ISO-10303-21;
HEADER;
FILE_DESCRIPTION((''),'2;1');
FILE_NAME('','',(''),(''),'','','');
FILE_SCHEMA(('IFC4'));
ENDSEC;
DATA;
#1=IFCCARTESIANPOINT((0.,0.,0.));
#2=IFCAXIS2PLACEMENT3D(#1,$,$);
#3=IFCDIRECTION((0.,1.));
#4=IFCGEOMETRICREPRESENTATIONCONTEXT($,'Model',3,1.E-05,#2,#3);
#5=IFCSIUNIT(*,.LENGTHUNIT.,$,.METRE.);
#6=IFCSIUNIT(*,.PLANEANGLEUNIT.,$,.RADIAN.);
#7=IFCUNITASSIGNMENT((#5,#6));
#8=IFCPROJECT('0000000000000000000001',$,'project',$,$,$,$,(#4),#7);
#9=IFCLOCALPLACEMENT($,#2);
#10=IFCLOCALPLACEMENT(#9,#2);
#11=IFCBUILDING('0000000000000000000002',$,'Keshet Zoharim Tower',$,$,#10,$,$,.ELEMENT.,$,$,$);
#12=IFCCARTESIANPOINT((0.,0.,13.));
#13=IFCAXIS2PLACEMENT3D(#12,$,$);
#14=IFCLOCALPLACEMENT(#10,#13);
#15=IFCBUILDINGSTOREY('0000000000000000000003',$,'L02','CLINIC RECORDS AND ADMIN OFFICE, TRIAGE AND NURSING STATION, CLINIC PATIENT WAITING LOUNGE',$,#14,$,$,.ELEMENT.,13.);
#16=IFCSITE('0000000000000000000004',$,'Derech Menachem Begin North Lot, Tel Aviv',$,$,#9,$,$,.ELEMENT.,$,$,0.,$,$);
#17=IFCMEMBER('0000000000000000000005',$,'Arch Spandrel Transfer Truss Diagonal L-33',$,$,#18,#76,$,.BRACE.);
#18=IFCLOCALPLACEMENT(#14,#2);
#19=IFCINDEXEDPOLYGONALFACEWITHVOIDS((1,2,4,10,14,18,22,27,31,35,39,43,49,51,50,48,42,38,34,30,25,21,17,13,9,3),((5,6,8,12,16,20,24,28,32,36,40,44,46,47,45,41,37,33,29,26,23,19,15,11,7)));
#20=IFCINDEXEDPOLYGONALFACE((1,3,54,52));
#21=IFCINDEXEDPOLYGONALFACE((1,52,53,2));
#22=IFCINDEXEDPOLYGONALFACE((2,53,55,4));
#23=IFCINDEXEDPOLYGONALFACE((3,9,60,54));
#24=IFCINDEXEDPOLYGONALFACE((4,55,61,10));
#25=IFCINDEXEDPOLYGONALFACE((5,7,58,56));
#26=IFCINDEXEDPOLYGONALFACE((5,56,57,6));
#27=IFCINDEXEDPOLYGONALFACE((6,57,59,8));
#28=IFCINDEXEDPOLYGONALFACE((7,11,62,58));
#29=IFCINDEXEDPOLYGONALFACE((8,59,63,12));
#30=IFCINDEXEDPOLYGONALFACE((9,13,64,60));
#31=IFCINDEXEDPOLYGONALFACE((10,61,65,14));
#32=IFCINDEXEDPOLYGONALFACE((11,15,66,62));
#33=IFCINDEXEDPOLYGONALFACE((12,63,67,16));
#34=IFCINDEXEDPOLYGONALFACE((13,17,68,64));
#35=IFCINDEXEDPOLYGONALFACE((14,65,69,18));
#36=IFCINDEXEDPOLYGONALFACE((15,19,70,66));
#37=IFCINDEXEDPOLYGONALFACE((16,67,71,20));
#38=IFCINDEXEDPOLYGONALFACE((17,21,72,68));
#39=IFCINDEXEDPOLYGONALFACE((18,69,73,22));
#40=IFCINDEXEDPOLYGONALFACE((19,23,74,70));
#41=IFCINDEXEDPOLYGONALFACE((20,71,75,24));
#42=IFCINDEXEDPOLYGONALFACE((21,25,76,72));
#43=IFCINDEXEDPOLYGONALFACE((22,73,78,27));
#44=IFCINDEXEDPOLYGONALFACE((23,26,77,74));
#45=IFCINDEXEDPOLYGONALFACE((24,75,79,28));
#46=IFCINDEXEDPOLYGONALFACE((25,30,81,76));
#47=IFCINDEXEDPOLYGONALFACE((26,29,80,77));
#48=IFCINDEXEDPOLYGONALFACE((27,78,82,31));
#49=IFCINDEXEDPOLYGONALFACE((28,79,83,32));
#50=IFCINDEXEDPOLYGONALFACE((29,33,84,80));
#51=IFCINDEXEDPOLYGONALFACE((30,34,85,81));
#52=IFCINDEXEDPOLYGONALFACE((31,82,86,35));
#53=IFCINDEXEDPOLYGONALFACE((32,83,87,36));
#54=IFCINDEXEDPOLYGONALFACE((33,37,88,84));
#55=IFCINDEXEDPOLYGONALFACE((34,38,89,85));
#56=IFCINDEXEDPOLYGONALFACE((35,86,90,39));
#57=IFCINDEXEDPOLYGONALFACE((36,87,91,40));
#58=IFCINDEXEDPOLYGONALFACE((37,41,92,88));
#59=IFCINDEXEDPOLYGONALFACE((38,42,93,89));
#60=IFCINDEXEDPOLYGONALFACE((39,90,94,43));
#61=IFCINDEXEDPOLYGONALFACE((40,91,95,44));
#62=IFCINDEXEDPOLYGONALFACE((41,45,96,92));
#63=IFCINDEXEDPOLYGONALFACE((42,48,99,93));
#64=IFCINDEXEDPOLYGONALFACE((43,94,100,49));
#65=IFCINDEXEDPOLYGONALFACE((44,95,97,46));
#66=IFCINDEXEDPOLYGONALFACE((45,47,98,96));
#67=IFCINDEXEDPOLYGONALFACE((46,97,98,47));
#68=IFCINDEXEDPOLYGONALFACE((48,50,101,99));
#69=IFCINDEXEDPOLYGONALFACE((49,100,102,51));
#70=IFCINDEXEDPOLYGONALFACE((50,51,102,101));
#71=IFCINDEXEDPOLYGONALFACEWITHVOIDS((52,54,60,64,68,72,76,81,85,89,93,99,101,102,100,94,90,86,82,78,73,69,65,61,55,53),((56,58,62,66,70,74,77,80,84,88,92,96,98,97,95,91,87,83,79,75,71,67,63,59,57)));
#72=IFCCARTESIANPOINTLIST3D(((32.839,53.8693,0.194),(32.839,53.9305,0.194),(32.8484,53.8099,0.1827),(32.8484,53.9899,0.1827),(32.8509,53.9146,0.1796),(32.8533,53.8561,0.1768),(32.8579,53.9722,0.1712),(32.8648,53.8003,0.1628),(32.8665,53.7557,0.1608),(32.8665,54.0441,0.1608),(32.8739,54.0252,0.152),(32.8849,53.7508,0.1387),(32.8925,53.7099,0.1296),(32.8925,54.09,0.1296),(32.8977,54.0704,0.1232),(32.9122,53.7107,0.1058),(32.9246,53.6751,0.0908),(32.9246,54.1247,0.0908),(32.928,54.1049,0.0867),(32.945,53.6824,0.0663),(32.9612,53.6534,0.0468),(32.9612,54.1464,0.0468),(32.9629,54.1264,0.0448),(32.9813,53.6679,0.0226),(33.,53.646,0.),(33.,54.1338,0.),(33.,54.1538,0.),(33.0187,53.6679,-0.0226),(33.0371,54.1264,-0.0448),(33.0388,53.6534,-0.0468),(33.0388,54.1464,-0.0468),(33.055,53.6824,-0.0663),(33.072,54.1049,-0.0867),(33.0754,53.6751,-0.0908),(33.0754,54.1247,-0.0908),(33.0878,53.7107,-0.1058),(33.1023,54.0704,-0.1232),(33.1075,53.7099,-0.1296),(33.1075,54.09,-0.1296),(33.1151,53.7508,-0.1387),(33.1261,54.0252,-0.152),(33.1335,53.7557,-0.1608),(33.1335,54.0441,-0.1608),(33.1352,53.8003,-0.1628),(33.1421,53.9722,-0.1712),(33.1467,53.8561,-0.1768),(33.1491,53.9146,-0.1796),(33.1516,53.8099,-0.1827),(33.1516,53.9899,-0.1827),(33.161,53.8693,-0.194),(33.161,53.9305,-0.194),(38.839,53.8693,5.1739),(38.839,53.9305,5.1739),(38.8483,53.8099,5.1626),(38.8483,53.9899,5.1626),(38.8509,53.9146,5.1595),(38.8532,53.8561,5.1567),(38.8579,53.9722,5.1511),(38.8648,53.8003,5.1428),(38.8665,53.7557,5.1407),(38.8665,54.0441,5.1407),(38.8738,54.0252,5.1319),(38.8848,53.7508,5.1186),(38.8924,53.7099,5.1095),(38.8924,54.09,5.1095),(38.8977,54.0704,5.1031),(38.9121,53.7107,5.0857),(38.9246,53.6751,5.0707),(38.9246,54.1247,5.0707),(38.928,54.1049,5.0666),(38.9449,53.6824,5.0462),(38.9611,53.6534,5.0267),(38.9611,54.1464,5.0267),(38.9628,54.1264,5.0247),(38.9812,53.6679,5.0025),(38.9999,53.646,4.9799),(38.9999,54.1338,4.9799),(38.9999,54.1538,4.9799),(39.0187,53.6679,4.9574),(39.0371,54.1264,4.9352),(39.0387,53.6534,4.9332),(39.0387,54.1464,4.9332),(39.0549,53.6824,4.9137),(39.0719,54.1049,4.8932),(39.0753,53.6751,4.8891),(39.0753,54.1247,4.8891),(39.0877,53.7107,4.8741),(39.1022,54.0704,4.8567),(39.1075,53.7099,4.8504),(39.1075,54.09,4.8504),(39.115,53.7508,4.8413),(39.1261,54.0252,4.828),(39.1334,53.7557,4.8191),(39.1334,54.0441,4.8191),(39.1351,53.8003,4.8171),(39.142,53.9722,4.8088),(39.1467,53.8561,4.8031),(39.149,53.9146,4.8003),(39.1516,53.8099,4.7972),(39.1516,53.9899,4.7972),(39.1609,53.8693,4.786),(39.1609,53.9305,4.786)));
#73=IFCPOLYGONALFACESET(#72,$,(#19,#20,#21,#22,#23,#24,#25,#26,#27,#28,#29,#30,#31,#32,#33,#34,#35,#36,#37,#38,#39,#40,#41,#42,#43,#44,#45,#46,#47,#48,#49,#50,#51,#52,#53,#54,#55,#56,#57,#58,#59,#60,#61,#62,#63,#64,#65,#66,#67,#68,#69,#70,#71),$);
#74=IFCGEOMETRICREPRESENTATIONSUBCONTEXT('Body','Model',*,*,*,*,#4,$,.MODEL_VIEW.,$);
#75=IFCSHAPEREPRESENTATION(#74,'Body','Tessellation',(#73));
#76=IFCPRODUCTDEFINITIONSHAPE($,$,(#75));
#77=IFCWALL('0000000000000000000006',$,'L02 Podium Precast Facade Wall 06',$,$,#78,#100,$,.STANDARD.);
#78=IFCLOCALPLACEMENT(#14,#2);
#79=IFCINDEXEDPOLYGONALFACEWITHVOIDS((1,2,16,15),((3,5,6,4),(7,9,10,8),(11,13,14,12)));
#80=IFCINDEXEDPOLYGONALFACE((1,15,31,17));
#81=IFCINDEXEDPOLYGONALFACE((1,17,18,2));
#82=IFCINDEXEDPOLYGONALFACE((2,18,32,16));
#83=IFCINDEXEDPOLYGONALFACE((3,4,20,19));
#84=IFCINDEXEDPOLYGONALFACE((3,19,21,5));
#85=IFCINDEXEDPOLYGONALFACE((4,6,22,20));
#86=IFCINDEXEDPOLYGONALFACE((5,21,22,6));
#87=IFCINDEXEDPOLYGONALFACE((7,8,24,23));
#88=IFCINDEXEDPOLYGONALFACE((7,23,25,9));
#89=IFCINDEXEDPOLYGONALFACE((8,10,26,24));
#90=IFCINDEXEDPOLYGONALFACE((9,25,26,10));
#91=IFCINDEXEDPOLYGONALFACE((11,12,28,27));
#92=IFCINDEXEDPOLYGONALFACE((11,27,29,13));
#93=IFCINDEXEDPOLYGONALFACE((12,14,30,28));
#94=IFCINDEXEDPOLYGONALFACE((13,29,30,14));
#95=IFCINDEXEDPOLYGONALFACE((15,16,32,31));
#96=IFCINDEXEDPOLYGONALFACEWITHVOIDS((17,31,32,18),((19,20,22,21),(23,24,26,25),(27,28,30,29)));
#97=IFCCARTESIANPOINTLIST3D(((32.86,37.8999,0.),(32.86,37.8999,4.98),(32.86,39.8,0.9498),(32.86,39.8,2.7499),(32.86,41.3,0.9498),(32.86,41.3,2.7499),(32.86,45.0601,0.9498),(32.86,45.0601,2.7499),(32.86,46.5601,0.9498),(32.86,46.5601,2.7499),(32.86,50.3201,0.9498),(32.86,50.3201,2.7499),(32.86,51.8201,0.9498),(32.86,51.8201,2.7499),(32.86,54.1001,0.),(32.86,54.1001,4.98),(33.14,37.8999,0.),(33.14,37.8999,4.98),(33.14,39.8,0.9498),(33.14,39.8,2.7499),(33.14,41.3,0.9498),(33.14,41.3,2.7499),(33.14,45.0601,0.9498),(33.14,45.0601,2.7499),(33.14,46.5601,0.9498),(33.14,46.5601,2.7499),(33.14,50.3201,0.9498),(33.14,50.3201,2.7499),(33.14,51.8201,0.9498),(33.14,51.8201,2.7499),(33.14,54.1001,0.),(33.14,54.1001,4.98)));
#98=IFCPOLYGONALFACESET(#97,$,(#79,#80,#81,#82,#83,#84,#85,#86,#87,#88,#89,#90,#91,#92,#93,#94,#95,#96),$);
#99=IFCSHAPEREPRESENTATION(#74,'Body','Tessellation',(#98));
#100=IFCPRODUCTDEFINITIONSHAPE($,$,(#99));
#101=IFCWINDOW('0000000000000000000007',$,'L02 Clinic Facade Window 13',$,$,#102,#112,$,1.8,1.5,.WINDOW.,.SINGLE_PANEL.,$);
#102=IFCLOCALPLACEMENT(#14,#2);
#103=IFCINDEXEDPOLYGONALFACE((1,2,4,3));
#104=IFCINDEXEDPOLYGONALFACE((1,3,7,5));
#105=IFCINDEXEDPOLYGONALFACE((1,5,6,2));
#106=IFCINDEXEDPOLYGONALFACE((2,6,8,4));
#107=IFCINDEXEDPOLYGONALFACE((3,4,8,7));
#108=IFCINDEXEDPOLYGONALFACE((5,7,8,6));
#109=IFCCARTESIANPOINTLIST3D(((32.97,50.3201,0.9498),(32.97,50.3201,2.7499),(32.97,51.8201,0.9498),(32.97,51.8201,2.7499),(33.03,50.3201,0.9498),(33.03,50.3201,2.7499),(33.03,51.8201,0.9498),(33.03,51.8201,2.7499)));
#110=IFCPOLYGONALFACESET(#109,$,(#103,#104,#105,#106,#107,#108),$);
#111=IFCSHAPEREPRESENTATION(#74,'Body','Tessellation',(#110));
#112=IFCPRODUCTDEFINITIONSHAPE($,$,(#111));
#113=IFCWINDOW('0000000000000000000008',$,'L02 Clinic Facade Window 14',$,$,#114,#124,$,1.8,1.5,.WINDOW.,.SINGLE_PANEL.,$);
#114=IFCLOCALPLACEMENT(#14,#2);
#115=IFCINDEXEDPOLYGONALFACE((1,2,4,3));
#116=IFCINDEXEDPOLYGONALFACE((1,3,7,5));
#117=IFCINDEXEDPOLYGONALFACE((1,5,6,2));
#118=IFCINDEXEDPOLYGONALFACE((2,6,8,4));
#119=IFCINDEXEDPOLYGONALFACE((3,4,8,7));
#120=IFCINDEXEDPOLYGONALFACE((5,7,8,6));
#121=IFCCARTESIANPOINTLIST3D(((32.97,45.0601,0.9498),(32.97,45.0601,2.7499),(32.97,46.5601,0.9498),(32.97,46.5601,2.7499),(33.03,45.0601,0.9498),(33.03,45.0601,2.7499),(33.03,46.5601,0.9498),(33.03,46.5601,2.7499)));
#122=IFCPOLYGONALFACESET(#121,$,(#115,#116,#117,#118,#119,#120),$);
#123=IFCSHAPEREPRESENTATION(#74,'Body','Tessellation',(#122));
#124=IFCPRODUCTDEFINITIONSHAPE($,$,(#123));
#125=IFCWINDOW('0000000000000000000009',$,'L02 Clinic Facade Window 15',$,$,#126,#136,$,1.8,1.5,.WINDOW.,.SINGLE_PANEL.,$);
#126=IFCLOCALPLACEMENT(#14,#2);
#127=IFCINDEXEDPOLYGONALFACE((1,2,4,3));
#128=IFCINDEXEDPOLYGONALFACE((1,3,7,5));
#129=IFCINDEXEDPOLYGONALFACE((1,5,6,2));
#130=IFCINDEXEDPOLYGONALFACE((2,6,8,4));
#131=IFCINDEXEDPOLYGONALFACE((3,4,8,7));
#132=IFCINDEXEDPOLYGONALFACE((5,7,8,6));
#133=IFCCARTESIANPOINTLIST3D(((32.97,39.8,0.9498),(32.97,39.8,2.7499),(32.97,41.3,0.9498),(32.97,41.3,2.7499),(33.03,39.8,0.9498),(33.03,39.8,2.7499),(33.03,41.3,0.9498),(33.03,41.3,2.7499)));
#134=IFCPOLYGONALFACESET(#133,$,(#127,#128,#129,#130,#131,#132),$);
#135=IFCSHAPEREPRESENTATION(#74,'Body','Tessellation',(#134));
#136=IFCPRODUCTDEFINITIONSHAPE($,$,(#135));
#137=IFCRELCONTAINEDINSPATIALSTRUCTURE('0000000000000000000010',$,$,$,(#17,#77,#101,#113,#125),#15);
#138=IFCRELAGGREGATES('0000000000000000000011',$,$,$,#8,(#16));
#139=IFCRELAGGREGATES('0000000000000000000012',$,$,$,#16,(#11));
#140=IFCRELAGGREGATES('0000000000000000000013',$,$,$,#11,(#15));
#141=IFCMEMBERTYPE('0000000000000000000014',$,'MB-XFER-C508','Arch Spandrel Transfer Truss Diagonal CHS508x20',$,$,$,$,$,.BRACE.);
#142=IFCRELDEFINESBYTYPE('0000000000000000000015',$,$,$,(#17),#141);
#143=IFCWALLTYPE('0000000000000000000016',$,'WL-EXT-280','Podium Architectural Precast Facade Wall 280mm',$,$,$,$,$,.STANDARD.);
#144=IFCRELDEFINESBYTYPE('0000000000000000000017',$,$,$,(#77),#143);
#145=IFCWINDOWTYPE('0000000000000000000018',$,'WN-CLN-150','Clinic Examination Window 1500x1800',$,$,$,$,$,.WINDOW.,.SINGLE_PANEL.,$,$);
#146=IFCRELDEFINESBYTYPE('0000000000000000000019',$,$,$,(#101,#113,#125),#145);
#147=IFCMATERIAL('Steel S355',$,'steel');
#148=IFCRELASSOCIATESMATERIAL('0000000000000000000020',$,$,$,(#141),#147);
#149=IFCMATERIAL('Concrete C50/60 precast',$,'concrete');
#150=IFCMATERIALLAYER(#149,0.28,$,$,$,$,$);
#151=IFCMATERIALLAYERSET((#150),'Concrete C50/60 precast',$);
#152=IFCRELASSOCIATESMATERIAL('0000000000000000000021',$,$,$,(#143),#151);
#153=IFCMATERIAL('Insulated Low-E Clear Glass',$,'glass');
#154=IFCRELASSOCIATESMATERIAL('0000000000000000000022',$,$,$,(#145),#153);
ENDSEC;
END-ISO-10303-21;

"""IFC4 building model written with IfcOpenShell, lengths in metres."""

from ifc_helpers import new_model, si_unit, direction, frame, frame_2d, origin, origin_2d, place, context, subcontext, project, spatial, rectangle, hollow_circle, extrude, material, layer, layer_set, material_profile, profile_set, type_object, element, fill, save


model = new_model("IFC4")

# Units and contexts
model_context = context("Model", 3, precision=1e-05, world=origin(), true_north=direction((0.0, 1.0)))
body_context = subcontext(model_context, "Body", "Model", "MODEL_VIEW")
ifc_project = project(units=[si_unit("LENGTHUNIT", "METRE"), si_unit("PLANEANGLEUNIT", "RADIAN")], contexts=[model_context])

# Site, building, storey
site_placement = place(None, origin())
site = spatial("IfcSite", under=ifc_project, at=site_placement, Name="Derech Menachem Begin North Lot, Tel Aviv", CompositionType="ELEMENT", RefElevation=0.0)
building_placement = place(site_placement, origin())
building = spatial("IfcBuilding", under=site, at=building_placement, Name="Keshet Zoharim Tower", CompositionType="ELEMENT")
storey_placement = place(building_placement, frame((0.0, 0.0, 13.0)))
storey = spatial("IfcBuildingStorey", under=building, at=storey_placement, Name="L02", Description="CLINIC RECORDS AND ADMIN OFFICE, TRIAGE AND NURSING STATION, CLINIC PATIENT WAITING LOUNGE", CompositionType="ELEMENT", Elevation=13.0)

# Shared definitions
ifc_material_1 = material(Name="Steel S355", Category="steel")

# Member
ifc_material_profile_1 = material_profile(ifc_material_1, hollow_circle(Radius=0.2539, WallThickness=0.02, at=origin_2d()), Name="CHS508x20")
ifc_profile_set_1 = profile_set([ifc_material_profile_1], Name="Steel S355")
member_type = type_object("IfcMemberType", Name="MB-XFER-C508", Description="Arch Spandrel Transfer Truss Diagonal CHS508x20", PredefinedType="BRACE", material=ifc_profile_set_1)
for number, where, z_axis, x_axis, name in (
    (1, (33.0, 53.8999, 0.0), (0.769482, 0.0, 0.638668), (0.0, 1.0, 0.0), "Arch Spandrel Transfer Truss Diagonal L-33"),
):
    element("IfcMember", number, at=place(storey_placement, frame(where, z_axis=z_axis, x_axis=x_axis)), inside=storey, type_object=member_type, Name=name, PredefinedType="BRACE", context=body_context, shape_type="SweptSolid", body=[
        extrude(hollow_circle(Radius=0.2539, WallThickness=0.02, at=origin_2d()), origin(), (0.0, 0.0, 1.0), 7.7974),
    ])

# Wall, openings, windows
ifc_material_2 = material(Name="Concrete C50/60 precast", Category="concrete")
ifc_layer_1 = layer(ifc_material_2, 0.28)
ifc_layer_set_1 = layer_set([ifc_layer_1], Name="Concrete C50/60 precast")
wall_type_1 = type_object("IfcWallType", Name="WL-EXT-280", Description="Podium Architectural Precast Facade Wall 280mm", PredefinedType="STANDARD", material=ifc_layer_set_1)
wall_1_placement = place(storey_placement, frame((33.0, 54.1001, 0.0), z_axis=(0.0, 0.0, 1.0), x_axis=(0.0, -1.0, 0.0)))
wall_1 = element("IfcWall", 2, at=wall_1_placement, inside=storey, type_object=wall_type_1, Name="L02 Podium Precast Facade Wall 06", PredefinedType="STANDARD", context=body_context, shape_type="SweptSolid", body=[
    extrude(rectangle(XDim=16.2002, YDim=0.28, at=frame_2d((8.1001, 0.0))), origin(), (0.0, 0.0, 1.0), 4.98),
])
opening_1_placement = place(wall_1_placement, frame((2.28, 0.0, 0.95)))
opening_1 = element("IfcOpeningElement", 3, at=opening_1_placement, cuts=wall_1, PredefinedType="OPENING", context=body_context, shape_type="SweptSolid", body=[
    extrude(rectangle(XDim=1.5, YDim=1.8, at=frame_2d((0.75, 0.8999))), frame((0.0, 0.1499, 0.0), z_axis=(0.0, -1.0, 0.0), x_axis=(1.0, 0.0, 0.0)), (0.0, 0.0, 1.0), 0.3),
])
opening_2_placement = place(wall_1_placement, frame((7.54, 0.0, 0.95)))
opening_2 = element("IfcOpeningElement", 4, at=opening_2_placement, cuts=wall_1, PredefinedType="OPENING", context=body_context, shape_type="SweptSolid", body=[
    extrude(rectangle(XDim=1.5, YDim=1.8, at=frame_2d((0.75, 0.8999))), frame((0.0, 0.1499, 0.0), z_axis=(0.0, -1.0, 0.0), x_axis=(1.0, 0.0, 0.0)), (0.0, 0.0, 1.0), 0.3),
])
opening_3_placement = place(wall_1_placement, frame((12.8, 0.0, 0.95)))
opening_3 = element("IfcOpeningElement", 5, at=opening_3_placement, cuts=wall_1, PredefinedType="OPENING", context=body_context, shape_type="SweptSolid", body=[
    extrude(rectangle(XDim=1.5, YDim=1.8, at=frame_2d((0.75, 0.8999))), frame((0.0, 0.1499, 0.0), z_axis=(0.0, -1.0, 0.0), x_axis=(1.0, 0.0, 0.0)), (0.0, 0.0, 1.0), 0.3),
])
ifc_material_3 = material(Name="Insulated Low-E Clear Glass", Category="glass")
window_type = type_object("IfcWindowType", Name="WN-CLN-150", Description="Clinic Examination Window 1500x1800", PartitioningType="SINGLE_PANEL", PredefinedType="WINDOW", material=ifc_material_3)
window_1_placement = place(opening_1_placement, origin())
window_1 = element("IfcWindow", 6, at=window_1_placement, inside=storey, type_object=window_type, Name="L02 Clinic Facade Window 13", OverallHeight=1.8, OverallWidth=1.5, PartitioningType="SINGLE_PANEL", PredefinedType="WINDOW", context=body_context, shape_type="SweptSolid", body=[
    extrude(rectangle(XDim=1.5, YDim=1.8, at=frame_2d((0.75, 0.8999))), frame((0.0, 0.03, 0.0), z_axis=(0.0, -1.0, 0.0), x_axis=(1.0, 0.0, 0.0)), (0.0, 0.0, 1.0), 0.0601),
])
fill(opening_1, window_1)
window_2_placement = place(opening_2_placement, origin())
window_2 = element("IfcWindow", 7, at=window_2_placement, inside=storey, type_object=window_type, Name="L02 Clinic Facade Window 14", OverallHeight=1.8, OverallWidth=1.5, PartitioningType="SINGLE_PANEL", PredefinedType="WINDOW", context=body_context, shape_type="SweptSolid", body=[
    extrude(rectangle(XDim=1.5, YDim=1.8, at=frame_2d((0.75, 0.8999))), frame((0.0, 0.03, 0.0), z_axis=(0.0, -1.0, 0.0), x_axis=(1.0, 0.0, 0.0)), (0.0, 0.0, 1.0), 0.0601),
])
fill(opening_2, window_2)
window_3_placement = place(opening_3_placement, origin())
window_3 = element("IfcWindow", 8, at=window_3_placement, inside=storey, type_object=window_type, Name="L02 Clinic Facade Window 15", OverallHeight=1.8, OverallWidth=1.5, PartitioningType="SINGLE_PANEL", PredefinedType="WINDOW", context=body_context, shape_type="SweptSolid", body=[
    extrude(rectangle(XDim=1.5, YDim=1.8, at=frame_2d((0.75, 0.8999))), frame((0.0, 0.03, 0.0), z_axis=(0.0, -1.0, 0.0), x_axis=(1.0, 0.0, 0.0)), (0.0, 0.0, 1.0), 0.0601),
])
fill(opening_3, window_3)

save(model, "model.ifc")
